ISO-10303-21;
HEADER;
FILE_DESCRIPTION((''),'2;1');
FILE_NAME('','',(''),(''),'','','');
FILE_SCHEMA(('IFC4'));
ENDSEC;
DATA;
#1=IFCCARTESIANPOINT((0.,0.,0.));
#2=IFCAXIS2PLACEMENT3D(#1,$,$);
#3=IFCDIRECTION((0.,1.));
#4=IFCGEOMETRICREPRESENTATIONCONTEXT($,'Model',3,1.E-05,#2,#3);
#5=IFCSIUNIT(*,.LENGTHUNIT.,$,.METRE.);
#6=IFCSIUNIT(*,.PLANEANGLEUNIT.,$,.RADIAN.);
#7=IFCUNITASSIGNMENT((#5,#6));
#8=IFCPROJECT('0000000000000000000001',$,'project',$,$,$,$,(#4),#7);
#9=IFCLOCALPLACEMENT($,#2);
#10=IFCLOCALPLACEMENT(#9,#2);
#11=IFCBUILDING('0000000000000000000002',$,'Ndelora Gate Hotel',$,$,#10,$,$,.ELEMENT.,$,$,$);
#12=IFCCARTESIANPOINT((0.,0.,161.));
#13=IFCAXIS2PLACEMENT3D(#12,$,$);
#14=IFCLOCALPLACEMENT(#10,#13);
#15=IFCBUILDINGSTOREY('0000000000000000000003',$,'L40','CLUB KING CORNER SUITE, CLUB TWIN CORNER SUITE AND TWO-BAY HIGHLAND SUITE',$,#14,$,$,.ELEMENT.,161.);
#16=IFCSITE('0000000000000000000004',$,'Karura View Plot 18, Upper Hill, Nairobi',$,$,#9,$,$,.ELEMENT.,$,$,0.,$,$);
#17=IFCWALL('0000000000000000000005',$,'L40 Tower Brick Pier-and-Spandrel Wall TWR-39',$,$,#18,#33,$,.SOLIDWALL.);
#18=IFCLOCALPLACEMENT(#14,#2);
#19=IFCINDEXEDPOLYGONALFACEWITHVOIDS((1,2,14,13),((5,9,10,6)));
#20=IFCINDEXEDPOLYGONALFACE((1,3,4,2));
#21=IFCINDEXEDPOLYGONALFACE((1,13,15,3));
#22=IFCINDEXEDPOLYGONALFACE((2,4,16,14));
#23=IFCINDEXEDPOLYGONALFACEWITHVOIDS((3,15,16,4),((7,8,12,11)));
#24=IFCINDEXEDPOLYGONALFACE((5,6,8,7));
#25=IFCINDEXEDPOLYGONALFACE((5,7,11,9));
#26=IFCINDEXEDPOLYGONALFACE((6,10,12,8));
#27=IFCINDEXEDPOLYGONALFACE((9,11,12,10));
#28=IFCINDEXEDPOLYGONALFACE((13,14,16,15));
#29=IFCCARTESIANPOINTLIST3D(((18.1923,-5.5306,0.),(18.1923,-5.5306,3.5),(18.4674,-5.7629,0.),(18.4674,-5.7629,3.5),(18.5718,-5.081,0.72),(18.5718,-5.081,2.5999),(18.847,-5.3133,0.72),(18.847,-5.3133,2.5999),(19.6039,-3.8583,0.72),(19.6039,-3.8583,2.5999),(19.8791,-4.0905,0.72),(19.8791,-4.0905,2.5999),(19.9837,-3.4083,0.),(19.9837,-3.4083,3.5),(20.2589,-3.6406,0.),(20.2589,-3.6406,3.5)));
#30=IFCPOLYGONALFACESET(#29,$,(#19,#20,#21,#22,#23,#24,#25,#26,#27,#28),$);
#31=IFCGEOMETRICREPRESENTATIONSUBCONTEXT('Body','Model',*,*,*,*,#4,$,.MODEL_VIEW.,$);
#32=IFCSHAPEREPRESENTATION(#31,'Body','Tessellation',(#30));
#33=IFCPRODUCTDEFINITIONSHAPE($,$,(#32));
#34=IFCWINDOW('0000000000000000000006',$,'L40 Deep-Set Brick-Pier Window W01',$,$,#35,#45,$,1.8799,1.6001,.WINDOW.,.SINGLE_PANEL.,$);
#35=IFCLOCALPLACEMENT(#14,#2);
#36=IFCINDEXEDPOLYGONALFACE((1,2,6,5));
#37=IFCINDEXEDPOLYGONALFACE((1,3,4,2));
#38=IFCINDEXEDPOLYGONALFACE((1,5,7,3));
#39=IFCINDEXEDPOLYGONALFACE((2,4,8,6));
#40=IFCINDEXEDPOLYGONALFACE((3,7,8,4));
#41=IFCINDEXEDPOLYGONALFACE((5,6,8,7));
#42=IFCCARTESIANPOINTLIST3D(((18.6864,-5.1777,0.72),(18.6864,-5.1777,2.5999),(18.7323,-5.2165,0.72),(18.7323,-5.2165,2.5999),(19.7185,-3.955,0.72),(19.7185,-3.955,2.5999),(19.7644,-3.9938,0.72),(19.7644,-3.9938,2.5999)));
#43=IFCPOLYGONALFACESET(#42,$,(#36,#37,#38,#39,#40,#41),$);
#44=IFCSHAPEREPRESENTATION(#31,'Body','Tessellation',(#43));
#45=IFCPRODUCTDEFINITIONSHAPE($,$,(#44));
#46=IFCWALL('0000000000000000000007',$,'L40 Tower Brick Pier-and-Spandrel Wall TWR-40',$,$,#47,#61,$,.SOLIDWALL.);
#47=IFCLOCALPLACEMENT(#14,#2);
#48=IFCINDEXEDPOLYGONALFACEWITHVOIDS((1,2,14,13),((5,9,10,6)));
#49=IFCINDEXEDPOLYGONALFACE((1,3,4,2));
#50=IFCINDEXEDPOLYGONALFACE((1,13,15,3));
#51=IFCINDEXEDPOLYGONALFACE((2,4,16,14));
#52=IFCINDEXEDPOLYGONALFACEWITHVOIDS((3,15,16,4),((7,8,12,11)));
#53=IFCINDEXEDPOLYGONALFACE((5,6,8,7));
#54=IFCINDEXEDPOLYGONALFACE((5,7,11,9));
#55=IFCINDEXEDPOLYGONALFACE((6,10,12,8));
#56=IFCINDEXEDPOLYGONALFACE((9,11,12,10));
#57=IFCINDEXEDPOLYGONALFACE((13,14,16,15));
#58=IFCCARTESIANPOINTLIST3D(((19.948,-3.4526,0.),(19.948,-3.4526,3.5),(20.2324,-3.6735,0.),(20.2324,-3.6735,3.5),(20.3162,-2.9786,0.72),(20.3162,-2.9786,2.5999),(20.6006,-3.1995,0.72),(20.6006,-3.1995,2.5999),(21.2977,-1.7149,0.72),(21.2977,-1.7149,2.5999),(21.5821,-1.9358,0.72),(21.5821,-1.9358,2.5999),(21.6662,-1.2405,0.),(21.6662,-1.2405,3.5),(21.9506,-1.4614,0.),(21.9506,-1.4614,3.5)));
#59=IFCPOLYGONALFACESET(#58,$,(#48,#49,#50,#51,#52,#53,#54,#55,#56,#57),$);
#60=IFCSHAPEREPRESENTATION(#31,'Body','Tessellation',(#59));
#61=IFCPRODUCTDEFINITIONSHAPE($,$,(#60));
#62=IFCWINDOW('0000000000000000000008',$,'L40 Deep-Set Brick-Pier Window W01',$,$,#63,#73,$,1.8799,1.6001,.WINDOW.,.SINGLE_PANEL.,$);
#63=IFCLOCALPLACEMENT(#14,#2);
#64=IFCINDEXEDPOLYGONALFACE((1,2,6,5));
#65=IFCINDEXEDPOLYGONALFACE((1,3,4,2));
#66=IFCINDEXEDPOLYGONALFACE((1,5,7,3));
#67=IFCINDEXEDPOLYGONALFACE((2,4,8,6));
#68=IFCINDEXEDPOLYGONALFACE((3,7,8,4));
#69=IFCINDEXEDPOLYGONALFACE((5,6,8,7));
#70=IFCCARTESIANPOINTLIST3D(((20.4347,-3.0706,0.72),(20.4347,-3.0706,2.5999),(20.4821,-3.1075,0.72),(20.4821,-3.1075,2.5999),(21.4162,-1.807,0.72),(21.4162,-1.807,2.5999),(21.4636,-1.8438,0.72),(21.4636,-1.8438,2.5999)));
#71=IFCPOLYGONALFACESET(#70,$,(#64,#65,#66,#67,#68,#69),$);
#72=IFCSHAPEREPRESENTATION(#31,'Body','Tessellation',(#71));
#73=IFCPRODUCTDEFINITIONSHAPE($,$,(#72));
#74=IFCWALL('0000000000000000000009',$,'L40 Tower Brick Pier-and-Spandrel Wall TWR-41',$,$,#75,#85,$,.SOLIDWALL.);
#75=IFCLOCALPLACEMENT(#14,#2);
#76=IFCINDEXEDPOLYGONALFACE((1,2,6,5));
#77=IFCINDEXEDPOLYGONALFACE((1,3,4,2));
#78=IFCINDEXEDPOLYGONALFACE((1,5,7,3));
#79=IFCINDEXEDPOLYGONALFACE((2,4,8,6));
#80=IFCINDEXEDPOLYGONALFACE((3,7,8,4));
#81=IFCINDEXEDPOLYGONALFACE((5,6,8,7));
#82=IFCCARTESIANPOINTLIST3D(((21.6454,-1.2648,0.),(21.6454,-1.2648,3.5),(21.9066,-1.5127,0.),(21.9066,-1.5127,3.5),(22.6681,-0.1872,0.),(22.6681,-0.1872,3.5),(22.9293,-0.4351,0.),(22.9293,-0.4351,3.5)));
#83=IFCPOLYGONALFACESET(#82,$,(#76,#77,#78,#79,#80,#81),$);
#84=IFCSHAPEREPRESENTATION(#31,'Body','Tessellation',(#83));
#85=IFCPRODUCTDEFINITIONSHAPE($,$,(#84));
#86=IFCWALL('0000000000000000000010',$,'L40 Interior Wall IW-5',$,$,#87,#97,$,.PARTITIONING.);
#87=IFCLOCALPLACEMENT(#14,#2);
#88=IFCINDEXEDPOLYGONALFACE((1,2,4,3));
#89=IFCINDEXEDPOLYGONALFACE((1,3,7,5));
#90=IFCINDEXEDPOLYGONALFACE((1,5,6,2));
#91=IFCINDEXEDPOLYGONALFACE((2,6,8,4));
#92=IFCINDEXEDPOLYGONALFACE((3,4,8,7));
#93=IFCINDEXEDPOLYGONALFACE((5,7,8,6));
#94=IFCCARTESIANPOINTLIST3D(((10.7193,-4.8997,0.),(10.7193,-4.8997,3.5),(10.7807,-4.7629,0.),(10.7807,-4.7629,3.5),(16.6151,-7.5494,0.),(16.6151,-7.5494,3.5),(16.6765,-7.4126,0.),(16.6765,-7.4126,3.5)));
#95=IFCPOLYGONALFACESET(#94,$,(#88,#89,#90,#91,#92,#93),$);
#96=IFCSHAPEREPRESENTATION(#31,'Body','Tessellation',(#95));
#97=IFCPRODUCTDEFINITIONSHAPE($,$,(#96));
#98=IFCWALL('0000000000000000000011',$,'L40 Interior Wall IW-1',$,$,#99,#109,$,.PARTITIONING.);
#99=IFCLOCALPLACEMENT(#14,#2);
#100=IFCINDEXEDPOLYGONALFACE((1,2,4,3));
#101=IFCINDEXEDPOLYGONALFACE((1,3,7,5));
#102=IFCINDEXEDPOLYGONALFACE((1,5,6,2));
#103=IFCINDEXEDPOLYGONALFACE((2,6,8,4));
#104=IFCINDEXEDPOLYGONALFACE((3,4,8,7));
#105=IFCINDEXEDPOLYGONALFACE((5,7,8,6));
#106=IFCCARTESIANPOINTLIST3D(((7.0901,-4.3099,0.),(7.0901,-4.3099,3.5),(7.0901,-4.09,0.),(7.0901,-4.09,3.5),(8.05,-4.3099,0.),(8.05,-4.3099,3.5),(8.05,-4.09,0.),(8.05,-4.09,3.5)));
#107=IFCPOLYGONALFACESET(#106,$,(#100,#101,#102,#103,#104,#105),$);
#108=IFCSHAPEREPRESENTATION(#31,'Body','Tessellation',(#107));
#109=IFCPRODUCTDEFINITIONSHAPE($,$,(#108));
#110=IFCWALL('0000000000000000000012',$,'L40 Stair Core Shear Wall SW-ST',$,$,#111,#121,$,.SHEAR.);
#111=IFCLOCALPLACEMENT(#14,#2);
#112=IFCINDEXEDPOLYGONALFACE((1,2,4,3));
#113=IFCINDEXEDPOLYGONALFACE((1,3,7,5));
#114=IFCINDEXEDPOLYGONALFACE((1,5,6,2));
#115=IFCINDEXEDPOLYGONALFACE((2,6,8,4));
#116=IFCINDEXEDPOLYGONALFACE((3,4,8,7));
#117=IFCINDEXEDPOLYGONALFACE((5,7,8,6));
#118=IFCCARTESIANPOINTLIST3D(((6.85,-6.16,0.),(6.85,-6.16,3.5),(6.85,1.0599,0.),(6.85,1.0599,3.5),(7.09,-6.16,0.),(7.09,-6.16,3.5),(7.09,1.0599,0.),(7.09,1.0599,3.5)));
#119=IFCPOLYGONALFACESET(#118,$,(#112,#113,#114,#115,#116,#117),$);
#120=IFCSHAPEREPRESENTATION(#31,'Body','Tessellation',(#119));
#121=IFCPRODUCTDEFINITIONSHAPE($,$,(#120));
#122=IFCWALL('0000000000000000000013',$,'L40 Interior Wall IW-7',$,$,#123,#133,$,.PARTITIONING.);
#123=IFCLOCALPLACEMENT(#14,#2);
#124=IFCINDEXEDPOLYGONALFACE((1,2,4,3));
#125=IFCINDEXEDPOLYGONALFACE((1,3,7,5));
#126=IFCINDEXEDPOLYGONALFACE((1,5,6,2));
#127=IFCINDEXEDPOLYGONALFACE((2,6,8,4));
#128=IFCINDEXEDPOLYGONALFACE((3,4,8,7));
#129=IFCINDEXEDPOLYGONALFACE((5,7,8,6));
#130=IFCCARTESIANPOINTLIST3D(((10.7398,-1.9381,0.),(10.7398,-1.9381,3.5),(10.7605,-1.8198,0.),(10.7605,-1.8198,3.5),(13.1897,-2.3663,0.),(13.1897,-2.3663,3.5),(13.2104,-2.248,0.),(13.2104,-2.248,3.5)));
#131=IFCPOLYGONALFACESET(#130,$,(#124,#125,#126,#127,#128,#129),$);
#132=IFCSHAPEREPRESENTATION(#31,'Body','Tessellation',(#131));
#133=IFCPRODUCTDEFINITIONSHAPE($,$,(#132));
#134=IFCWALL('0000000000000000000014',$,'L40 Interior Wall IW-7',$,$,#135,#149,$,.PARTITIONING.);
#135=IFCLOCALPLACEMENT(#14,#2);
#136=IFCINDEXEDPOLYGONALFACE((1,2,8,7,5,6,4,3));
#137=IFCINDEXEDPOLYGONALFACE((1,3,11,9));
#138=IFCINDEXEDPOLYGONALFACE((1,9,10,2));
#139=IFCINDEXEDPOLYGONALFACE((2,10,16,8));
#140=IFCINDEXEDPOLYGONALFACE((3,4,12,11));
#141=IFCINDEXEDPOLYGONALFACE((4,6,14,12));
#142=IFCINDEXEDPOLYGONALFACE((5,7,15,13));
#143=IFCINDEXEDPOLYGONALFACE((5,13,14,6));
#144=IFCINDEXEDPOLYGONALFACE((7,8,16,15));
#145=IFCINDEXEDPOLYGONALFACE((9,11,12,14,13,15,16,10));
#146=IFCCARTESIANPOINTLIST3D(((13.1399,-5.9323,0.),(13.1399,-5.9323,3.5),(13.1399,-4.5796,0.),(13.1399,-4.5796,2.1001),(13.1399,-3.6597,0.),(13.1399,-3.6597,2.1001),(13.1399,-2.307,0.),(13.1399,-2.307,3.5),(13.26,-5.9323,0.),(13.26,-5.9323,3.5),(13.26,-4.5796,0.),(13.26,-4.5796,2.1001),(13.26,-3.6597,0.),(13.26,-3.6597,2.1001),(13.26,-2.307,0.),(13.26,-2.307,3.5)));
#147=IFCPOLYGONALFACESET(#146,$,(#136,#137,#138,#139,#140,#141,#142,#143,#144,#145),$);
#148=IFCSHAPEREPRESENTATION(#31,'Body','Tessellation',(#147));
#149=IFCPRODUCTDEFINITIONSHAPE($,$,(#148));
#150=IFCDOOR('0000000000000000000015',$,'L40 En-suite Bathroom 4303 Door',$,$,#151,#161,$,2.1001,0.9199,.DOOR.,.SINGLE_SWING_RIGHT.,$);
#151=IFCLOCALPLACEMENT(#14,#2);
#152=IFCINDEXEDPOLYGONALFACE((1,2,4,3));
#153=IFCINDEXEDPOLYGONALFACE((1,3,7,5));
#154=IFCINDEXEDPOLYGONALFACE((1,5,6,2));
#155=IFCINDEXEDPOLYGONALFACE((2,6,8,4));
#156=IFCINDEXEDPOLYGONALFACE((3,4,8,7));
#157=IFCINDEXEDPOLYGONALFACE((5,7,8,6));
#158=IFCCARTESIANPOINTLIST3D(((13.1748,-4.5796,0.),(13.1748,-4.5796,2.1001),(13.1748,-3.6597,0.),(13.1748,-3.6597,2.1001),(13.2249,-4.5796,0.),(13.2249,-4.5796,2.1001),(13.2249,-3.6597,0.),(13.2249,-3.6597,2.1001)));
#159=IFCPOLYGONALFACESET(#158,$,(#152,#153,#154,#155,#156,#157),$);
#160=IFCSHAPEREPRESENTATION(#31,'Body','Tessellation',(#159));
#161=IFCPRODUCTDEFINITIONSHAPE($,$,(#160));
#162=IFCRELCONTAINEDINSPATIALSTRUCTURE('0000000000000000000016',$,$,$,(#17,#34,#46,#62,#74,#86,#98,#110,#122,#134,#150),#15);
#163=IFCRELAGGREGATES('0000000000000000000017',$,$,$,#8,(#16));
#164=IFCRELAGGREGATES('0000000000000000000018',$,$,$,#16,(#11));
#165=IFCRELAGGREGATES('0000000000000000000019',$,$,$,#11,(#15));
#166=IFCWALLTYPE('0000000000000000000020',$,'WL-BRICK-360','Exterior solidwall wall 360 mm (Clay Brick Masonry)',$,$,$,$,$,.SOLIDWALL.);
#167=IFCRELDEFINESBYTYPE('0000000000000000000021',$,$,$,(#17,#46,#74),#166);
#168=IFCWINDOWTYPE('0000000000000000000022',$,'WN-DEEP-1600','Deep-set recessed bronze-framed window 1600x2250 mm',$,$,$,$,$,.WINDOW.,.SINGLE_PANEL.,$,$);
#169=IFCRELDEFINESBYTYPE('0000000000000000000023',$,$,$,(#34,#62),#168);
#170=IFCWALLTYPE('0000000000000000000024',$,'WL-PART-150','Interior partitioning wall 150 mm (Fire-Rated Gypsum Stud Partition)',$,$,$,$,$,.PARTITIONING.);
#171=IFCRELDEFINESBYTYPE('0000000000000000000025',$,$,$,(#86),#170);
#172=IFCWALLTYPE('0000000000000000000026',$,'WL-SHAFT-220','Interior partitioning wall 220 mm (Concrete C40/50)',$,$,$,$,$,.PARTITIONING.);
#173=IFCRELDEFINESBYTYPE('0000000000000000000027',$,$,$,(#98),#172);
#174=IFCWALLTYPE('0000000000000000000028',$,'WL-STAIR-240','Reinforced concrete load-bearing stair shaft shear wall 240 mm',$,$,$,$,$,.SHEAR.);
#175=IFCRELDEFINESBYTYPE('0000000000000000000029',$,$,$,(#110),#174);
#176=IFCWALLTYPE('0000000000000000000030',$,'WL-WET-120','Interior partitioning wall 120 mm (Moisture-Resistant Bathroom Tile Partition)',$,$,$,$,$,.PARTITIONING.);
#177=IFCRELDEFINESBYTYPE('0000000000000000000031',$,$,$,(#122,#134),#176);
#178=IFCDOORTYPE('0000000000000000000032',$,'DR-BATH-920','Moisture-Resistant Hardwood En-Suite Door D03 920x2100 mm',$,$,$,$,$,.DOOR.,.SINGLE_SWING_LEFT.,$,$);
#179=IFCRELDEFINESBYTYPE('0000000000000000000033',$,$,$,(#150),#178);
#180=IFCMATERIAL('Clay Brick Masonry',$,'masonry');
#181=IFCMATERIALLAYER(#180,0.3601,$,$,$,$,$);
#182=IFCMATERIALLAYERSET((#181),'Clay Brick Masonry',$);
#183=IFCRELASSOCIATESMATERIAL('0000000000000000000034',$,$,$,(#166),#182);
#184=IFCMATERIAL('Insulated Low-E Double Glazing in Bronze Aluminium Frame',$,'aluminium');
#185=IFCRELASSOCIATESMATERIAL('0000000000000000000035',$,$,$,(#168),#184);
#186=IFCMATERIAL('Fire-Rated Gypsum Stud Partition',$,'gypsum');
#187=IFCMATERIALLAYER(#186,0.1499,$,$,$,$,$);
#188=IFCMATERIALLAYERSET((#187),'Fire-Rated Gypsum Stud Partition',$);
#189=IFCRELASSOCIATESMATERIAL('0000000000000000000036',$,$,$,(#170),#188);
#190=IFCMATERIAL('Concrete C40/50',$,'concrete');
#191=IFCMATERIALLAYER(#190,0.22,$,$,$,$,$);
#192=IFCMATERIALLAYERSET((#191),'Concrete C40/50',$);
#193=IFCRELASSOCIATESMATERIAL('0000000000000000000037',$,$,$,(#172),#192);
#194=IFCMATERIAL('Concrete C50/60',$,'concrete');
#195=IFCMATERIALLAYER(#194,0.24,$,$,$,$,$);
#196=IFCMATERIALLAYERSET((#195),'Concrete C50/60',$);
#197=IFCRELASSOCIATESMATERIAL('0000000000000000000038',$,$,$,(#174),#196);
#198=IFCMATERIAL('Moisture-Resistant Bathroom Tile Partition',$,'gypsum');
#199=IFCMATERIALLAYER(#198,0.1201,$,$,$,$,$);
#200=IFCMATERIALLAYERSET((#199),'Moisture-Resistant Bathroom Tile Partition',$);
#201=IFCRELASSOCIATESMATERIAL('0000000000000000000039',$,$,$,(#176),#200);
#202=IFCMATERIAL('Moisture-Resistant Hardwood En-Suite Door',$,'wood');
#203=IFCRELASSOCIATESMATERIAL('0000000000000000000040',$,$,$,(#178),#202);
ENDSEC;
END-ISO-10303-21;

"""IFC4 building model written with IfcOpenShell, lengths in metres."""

from ifc_helpers import new_model, si_unit, direction, frame, frame_2d, origin, place, context, subcontext, project, spatial, rectangle, extrude, material, layer, layer_set, type_object, element, fill, save


model = new_model("IFC4")

# Units and contexts
model_context = context("Model", 3, precision=1e-05, world=origin(), true_north=direction((0.0, 1.0)))
body_context = subcontext(model_context, "Body", "Model", "MODEL_VIEW")
ifc_project = project(units=[si_unit("LENGTHUNIT", "METRE"), si_unit("PLANEANGLEUNIT", "RADIAN")], contexts=[model_context])

# Site, building, storey
site_placement = place(None, origin())
site = spatial("IfcSite", under=ifc_project, at=site_placement, Name="Karura View Plot 18, Upper Hill, Nairobi", CompositionType="ELEMENT", RefElevation=0.0)
building_placement = place(site_placement, origin())
building = spatial("IfcBuilding", under=site, at=building_placement, Name="Ndelora Gate Hotel", CompositionType="ELEMENT")
storey_placement = place(building_placement, frame((0.0, 0.0, 161.0)))
storey = spatial("IfcBuildingStorey", under=building, at=storey_placement, Name="L40", Description="CLUB KING CORNER SUITE, CLUB TWIN CORNER SUITE AND TWO-BAY HIGHLAND SUITE", CompositionType="ELEMENT", Elevation=161.0)

# Walls, openings, windows
ifc_material_1 = material(Name="Clay Brick Masonry", Category="masonry")
ifc_layer_1 = layer(ifc_material_1, 0.3601)
ifc_layer_set_1 = layer_set([ifc_layer_1], Name="Clay Brick Masonry")
wall_type_1 = type_object("IfcWallType", Name="WL-BRICK-360", Description="Exterior solidwall wall 360 mm (Clay Brick Masonry)", PredefinedType="SOLIDWALL", material=ifc_layer_set_1)
ifc_material_2 = material(Name="Insulated Low-E Double Glazing in Bronze Aluminium Frame", Category="aluminium")
window_type = type_object("IfcWindowType", Name="WN-DEEP-1600", Description="Deep-set recessed bronze-framed window 1600x2250 mm", PartitioningType="SINGLE_PANEL", PredefinedType="WINDOW", material=ifc_material_2)
wall_1_placement = place(storey_placement, frame((20.1213, -3.5244, 0.0), z_axis=(0.0, 0.0, 1.0), x_axis=(-0.645039, -0.764149, 0.0)))
wall_1 = element("IfcWall", 1, at=wall_1_placement, inside=storey, type_object=wall_type_1, Name="L40 Tower Brick Pier-and-Spandrel Wall TWR-39", PredefinedType="SOLIDWALL", context=body_context, shape_type="SweptSolid", body=[
    extrude(rectangle(XDim=2.7773, YDim=0.3601, at=frame_2d((1.3887, 0.0))), origin(), (0.0, 0.0, 1.0), 3.5),
])
opening_1_placement = place(wall_1_placement, frame((0.5889, 0.0, 0.72)))
opening_1 = element("IfcOpeningElement", 2, at=opening_1_placement, cuts=wall_1, PredefinedType="OPENING", context=body_context, shape_type="SweptSolid", body=[
    extrude(rectangle(XDim=1.6001, YDim=1.8799, at=frame_2d((0.8, 0.9399))), frame((0.0, 0.1899, 0.0), z_axis=(0.0, -1.0, 0.0), x_axis=(1.0, 0.0, 0.0)), (0.0, 0.0, 1.0), 0.3801),
])
window_1_placement = place(opening_1_placement, origin())
window_1 = element("IfcWindow", 3, at=window_1_placement, inside=storey, type_object=window_type, Name="L40 Deep-Set Brick-Pier Window W01", OverallHeight=1.8799, OverallWidth=1.6001, PartitioningType="SINGLE_PANEL", PredefinedType="WINDOW", context=body_context, shape_type="SweptSolid", body=[
    extrude(rectangle(XDim=1.6001, YDim=1.8799, at=frame_2d((0.8, 0.9399))), frame((0.0, 0.03, 0.0), z_axis=(0.0, -1.0, 0.0), x_axis=(1.0, 0.0, 0.0)), (0.0, 0.0, 1.0), 0.0601),
])
fill(opening_1, window_1)
wall_2_placement = place(storey_placement, frame((21.8083, -1.3511, 0.0), z_axis=(0.0, 0.0, 1.0), x_axis=(-0.613428, -0.789751, 0.0)))
wall_2 = element("IfcWall", 4, at=wall_2_placement, inside=storey, type_object=wall_type_1, Name="L40 Tower Brick Pier-and-Spandrel Wall TWR-40", PredefinedType="SOLIDWALL", context=body_context, shape_type="SweptSolid", body=[
    extrude(rectangle(XDim=2.801, YDim=0.3601, at=frame_2d((1.4004, 0.0))), origin(), (0.0, 0.0, 1.0), 3.5),
])
opening_2_placement = place(wall_2_placement, frame((0.6006, 0.0, 0.72)))
opening_2 = element("IfcOpeningElement", 5, at=opening_2_placement, cuts=wall_2, PredefinedType="OPENING", context=body_context, shape_type="SweptSolid", body=[
    extrude(rectangle(XDim=1.6001, YDim=1.8799, at=frame_2d((0.8, 0.9399))), frame((0.0, 0.1899, 0.0), z_axis=(0.0, -1.0, 0.0), x_axis=(1.0, 0.0, 0.0)), (0.0, 0.0, 1.0), 0.3801),
])
window_2_placement = place(opening_2_placement, origin())
window_2 = element("IfcWindow", 6, at=window_2_placement, inside=storey, type_object=window_type, Name="L40 Deep-Set Brick-Pier Window W01", OverallHeight=1.8799, OverallWidth=1.6001, PartitioningType="SINGLE_PANEL", PredefinedType="WINDOW", context=body_context, shape_type="SweptSolid", body=[
    extrude(rectangle(XDim=1.6001, YDim=1.8799, at=frame_2d((0.8, 0.9399))), frame((0.0, 0.03, 0.0), z_axis=(0.0, -1.0, 0.0), x_axis=(1.0, 0.0, 0.0)), (0.0, 0.0, 1.0), 0.0601),
])
fill(opening_2, window_2)

# Wall
wall_3_placement = place(storey_placement, frame((22.7986, -0.3113, 0.0), z_axis=(0.0, 0.0, 1.0), x_axis=(-0.688378, -0.725352, 0.0)))
element("IfcWall", 7, at=wall_3_placement, inside=storey, type_object=wall_type_1, Name="L40 Tower Brick Pier-and-Spandrel Wall TWR-41", PredefinedType="SOLIDWALL", context=body_context, shape_type="SweptSolid", body=[
    extrude(rectangle(XDim=1.4856, YDim=0.3601, at=frame_2d((0.7427, 0.0))), origin(), (0.0, 0.0, 1.0), 3.5),
])

# Shared definitions
ifc_material_3 = material(Name="Fire-Rated Gypsum Stud Partition", Category="gypsum")
ifc_layer_2 = layer(ifc_material_3, 0.1499)
ifc_layer_set_2 = layer_set([ifc_layer_2], Name="Fire-Rated Gypsum Stud Partition")
wall_type_2 = type_object("IfcWallType", Name="WL-PART-150", Description="Interior partitioning wall 150 mm (Fire-Rated Gypsum Stud Partition)", PredefinedType="PARTITIONING", material=ifc_layer_set_2)

# Walls
wall_4_placement = place(storey_placement, frame((10.75, -4.8313, 0.0), z_axis=(0.0, 0.0, 1.0), x_axis=(0.91212, -0.409923, 0.0)))
element("IfcWall", 8, at=wall_4_placement, inside=storey, type_object=wall_type_2, Name="L40 Interior Wall IW-5", PredefinedType="PARTITIONING", context=body_context, shape_type="SweptSolid", body=[
    extrude(rectangle(XDim=6.4639, YDim=0.1499, at=frame_2d((3.2319, 0.0))), origin(), (0.0, 0.0, 1.0), 3.5),
])
ifc_material_4 = material(Name="Concrete C40/50", Category="concrete")
ifc_layer_3 = layer(ifc_material_4, 0.22)
ifc_layer_set_3 = layer_set([ifc_layer_3], Name="Concrete C40/50")
wall_type_3 = type_object("IfcWallType", Name="WL-SHAFT-220", Description="Interior partitioning wall 220 mm (Concrete C40/50)", PredefinedType="PARTITIONING", material=ifc_layer_set_3)
wall_5_placement = place(storey_placement, frame((7.0901, -4.2, 0.0), z_axis=(0.0, 0.0, 1.0), x_axis=(1.0, 0.0, 0.0)))
element("IfcWall", 9, at=wall_5_placement, inside=storey, type_object=wall_type_3, Name="L40 Interior Wall IW-1", PredefinedType="PARTITIONING", context=body_context, shape_type="SweptSolid", body=[
    extrude(rectangle(XDim=0.96, YDim=0.22, at=frame_2d((0.48, 0.0))), origin(), (0.0, 0.0, 1.0), 3.5),
])
ifc_material_5 = material(Name="Concrete C50/60", Category="concrete")
ifc_layer_4 = layer(ifc_material_5, 0.24)
ifc_layer_set_4 = layer_set([ifc_layer_4], Name="Concrete C50/60")
wall_type_4 = type_object("IfcWallType", Name="WL-STAIR-240", Description="Reinforced concrete load-bearing stair shaft shear wall 240 mm", PredefinedType="SHEAR", material=ifc_layer_set_4)
wall_6_placement = place(storey_placement, frame((6.97, -6.1599, 0.0), z_axis=(0.0, 0.0, 1.0), x_axis=(0.0, 1.0, 0.0)))
element("IfcWall", 10, at=wall_6_placement, inside=storey, type_object=wall_type_4, Name="L40 Stair Core Shear Wall SW-ST", PredefinedType="SHEAR", context=body_context, shape_type="SweptSolid", body=[
    extrude(rectangle(XDim=7.22, YDim=0.24, at=frame_2d((3.6099, 0.0))), origin(), (0.0, 0.0, 1.0), 3.5),
])
ifc_material_6 = material(Name="Moisture-Resistant Bathroom Tile Partition", Category="gypsum")
ifc_layer_5 = layer(ifc_material_6, 0.1201)
ifc_layer_set_5 = layer_set([ifc_layer_5], Name="Moisture-Resistant Bathroom Tile Partition")
wall_type_5 = type_object("IfcWallType", Name="WL-WET-120", Description="Interior partitioning wall 120 mm (Moisture-Resistant Bathroom Tile Partition)", PredefinedType="PARTITIONING", material=ifc_layer_set_5)
wall_7_placement = place(storey_placement, frame((10.75, -1.8789, 0.0), z_axis=(0.0, 0.0, 1.0), x_axis=(0.985066, -0.172178, 0.0)))
element("IfcWall", 11, at=wall_7_placement, inside=storey, type_object=wall_type_5, Name="L40 Interior Wall IW-7", PredefinedType="PARTITIONING", context=body_context, shape_type="SweptSolid", body=[
    extrude(rectangle(XDim=2.4871, YDim=0.1201, at=frame_2d((1.2437, 0.0))), origin(), (0.0, 0.0, 1.0), 3.5),
])

# Wall, opening, door
wall_8_placement = place(storey_placement, frame((13.2, -2.3071, 0.0), z_axis=(0.0, 0.0, 1.0), x_axis=(0.0, -1.0, 0.0)))
wall_8 = element("IfcWall", 12, at=wall_8_placement, inside=storey, type_object=wall_type_5, Name="L40 Interior Wall IW-7", PredefinedType="PARTITIONING", context=body_context, shape_type="SweptSolid", body=[
    extrude(rectangle(XDim=3.6252, YDim=0.1201, at=frame_2d((1.8125, 0.0))), origin(), (0.0, 0.0, 1.0), 3.5),
])
opening_3_placement = place(wall_8_placement, frame((1.3525, 0.0, 0.0)))
opening_3 = element("IfcOpeningElement", 13, at=opening_3_placement, cuts=wall_8, PredefinedType="OPENING", context=body_context, shape_type="SweptSolid", body=[
    extrude(rectangle(XDim=0.9199, YDim=2.1001, at=frame_2d((0.46, 1.05))), frame((0.0, 0.0701, 0.0), z_axis=(0.0, -1.0, 0.0), x_axis=(1.0, 0.0, 0.0)), (0.0, 0.0, 1.0), 0.1401),
])
ifc_material_7 = material(Name="Moisture-Resistant Hardwood En-Suite Door", Category="wood")
door_type_1 = type_object("IfcDoorType", Name="DR-BATH-920", Description="Moisture-Resistant Hardwood En-Suite Door D03 920x2100 mm", OperationType="SINGLE_SWING_LEFT", PredefinedType="DOOR", material=ifc_material_7)
door_1_placement = place(opening_3_placement, origin())
door_1 = element("IfcDoor", 14, at=door_1_placement, inside=storey, type_object=door_type_1, Name="L40 En-suite Bathroom 4303 Door", OperationType="SINGLE_SWING_RIGHT", OverallHeight=2.1001, OverallWidth=0.9199, PredefinedType="DOOR", context=body_context, shape_type="SweptSolid", body=[
    extrude(rectangle(XDim=0.9199, YDim=2.1001, at=frame_2d((0.46, 1.05))), frame((0.0, 0.0249, 0.0), z_axis=(0.0, -1.0, 0.0), x_axis=(1.0, 0.0, 0.0)), (0.0, 0.0, 1.0), 0.05),
])
fill(opening_3, door_1)

save(model, "model.ifc")
